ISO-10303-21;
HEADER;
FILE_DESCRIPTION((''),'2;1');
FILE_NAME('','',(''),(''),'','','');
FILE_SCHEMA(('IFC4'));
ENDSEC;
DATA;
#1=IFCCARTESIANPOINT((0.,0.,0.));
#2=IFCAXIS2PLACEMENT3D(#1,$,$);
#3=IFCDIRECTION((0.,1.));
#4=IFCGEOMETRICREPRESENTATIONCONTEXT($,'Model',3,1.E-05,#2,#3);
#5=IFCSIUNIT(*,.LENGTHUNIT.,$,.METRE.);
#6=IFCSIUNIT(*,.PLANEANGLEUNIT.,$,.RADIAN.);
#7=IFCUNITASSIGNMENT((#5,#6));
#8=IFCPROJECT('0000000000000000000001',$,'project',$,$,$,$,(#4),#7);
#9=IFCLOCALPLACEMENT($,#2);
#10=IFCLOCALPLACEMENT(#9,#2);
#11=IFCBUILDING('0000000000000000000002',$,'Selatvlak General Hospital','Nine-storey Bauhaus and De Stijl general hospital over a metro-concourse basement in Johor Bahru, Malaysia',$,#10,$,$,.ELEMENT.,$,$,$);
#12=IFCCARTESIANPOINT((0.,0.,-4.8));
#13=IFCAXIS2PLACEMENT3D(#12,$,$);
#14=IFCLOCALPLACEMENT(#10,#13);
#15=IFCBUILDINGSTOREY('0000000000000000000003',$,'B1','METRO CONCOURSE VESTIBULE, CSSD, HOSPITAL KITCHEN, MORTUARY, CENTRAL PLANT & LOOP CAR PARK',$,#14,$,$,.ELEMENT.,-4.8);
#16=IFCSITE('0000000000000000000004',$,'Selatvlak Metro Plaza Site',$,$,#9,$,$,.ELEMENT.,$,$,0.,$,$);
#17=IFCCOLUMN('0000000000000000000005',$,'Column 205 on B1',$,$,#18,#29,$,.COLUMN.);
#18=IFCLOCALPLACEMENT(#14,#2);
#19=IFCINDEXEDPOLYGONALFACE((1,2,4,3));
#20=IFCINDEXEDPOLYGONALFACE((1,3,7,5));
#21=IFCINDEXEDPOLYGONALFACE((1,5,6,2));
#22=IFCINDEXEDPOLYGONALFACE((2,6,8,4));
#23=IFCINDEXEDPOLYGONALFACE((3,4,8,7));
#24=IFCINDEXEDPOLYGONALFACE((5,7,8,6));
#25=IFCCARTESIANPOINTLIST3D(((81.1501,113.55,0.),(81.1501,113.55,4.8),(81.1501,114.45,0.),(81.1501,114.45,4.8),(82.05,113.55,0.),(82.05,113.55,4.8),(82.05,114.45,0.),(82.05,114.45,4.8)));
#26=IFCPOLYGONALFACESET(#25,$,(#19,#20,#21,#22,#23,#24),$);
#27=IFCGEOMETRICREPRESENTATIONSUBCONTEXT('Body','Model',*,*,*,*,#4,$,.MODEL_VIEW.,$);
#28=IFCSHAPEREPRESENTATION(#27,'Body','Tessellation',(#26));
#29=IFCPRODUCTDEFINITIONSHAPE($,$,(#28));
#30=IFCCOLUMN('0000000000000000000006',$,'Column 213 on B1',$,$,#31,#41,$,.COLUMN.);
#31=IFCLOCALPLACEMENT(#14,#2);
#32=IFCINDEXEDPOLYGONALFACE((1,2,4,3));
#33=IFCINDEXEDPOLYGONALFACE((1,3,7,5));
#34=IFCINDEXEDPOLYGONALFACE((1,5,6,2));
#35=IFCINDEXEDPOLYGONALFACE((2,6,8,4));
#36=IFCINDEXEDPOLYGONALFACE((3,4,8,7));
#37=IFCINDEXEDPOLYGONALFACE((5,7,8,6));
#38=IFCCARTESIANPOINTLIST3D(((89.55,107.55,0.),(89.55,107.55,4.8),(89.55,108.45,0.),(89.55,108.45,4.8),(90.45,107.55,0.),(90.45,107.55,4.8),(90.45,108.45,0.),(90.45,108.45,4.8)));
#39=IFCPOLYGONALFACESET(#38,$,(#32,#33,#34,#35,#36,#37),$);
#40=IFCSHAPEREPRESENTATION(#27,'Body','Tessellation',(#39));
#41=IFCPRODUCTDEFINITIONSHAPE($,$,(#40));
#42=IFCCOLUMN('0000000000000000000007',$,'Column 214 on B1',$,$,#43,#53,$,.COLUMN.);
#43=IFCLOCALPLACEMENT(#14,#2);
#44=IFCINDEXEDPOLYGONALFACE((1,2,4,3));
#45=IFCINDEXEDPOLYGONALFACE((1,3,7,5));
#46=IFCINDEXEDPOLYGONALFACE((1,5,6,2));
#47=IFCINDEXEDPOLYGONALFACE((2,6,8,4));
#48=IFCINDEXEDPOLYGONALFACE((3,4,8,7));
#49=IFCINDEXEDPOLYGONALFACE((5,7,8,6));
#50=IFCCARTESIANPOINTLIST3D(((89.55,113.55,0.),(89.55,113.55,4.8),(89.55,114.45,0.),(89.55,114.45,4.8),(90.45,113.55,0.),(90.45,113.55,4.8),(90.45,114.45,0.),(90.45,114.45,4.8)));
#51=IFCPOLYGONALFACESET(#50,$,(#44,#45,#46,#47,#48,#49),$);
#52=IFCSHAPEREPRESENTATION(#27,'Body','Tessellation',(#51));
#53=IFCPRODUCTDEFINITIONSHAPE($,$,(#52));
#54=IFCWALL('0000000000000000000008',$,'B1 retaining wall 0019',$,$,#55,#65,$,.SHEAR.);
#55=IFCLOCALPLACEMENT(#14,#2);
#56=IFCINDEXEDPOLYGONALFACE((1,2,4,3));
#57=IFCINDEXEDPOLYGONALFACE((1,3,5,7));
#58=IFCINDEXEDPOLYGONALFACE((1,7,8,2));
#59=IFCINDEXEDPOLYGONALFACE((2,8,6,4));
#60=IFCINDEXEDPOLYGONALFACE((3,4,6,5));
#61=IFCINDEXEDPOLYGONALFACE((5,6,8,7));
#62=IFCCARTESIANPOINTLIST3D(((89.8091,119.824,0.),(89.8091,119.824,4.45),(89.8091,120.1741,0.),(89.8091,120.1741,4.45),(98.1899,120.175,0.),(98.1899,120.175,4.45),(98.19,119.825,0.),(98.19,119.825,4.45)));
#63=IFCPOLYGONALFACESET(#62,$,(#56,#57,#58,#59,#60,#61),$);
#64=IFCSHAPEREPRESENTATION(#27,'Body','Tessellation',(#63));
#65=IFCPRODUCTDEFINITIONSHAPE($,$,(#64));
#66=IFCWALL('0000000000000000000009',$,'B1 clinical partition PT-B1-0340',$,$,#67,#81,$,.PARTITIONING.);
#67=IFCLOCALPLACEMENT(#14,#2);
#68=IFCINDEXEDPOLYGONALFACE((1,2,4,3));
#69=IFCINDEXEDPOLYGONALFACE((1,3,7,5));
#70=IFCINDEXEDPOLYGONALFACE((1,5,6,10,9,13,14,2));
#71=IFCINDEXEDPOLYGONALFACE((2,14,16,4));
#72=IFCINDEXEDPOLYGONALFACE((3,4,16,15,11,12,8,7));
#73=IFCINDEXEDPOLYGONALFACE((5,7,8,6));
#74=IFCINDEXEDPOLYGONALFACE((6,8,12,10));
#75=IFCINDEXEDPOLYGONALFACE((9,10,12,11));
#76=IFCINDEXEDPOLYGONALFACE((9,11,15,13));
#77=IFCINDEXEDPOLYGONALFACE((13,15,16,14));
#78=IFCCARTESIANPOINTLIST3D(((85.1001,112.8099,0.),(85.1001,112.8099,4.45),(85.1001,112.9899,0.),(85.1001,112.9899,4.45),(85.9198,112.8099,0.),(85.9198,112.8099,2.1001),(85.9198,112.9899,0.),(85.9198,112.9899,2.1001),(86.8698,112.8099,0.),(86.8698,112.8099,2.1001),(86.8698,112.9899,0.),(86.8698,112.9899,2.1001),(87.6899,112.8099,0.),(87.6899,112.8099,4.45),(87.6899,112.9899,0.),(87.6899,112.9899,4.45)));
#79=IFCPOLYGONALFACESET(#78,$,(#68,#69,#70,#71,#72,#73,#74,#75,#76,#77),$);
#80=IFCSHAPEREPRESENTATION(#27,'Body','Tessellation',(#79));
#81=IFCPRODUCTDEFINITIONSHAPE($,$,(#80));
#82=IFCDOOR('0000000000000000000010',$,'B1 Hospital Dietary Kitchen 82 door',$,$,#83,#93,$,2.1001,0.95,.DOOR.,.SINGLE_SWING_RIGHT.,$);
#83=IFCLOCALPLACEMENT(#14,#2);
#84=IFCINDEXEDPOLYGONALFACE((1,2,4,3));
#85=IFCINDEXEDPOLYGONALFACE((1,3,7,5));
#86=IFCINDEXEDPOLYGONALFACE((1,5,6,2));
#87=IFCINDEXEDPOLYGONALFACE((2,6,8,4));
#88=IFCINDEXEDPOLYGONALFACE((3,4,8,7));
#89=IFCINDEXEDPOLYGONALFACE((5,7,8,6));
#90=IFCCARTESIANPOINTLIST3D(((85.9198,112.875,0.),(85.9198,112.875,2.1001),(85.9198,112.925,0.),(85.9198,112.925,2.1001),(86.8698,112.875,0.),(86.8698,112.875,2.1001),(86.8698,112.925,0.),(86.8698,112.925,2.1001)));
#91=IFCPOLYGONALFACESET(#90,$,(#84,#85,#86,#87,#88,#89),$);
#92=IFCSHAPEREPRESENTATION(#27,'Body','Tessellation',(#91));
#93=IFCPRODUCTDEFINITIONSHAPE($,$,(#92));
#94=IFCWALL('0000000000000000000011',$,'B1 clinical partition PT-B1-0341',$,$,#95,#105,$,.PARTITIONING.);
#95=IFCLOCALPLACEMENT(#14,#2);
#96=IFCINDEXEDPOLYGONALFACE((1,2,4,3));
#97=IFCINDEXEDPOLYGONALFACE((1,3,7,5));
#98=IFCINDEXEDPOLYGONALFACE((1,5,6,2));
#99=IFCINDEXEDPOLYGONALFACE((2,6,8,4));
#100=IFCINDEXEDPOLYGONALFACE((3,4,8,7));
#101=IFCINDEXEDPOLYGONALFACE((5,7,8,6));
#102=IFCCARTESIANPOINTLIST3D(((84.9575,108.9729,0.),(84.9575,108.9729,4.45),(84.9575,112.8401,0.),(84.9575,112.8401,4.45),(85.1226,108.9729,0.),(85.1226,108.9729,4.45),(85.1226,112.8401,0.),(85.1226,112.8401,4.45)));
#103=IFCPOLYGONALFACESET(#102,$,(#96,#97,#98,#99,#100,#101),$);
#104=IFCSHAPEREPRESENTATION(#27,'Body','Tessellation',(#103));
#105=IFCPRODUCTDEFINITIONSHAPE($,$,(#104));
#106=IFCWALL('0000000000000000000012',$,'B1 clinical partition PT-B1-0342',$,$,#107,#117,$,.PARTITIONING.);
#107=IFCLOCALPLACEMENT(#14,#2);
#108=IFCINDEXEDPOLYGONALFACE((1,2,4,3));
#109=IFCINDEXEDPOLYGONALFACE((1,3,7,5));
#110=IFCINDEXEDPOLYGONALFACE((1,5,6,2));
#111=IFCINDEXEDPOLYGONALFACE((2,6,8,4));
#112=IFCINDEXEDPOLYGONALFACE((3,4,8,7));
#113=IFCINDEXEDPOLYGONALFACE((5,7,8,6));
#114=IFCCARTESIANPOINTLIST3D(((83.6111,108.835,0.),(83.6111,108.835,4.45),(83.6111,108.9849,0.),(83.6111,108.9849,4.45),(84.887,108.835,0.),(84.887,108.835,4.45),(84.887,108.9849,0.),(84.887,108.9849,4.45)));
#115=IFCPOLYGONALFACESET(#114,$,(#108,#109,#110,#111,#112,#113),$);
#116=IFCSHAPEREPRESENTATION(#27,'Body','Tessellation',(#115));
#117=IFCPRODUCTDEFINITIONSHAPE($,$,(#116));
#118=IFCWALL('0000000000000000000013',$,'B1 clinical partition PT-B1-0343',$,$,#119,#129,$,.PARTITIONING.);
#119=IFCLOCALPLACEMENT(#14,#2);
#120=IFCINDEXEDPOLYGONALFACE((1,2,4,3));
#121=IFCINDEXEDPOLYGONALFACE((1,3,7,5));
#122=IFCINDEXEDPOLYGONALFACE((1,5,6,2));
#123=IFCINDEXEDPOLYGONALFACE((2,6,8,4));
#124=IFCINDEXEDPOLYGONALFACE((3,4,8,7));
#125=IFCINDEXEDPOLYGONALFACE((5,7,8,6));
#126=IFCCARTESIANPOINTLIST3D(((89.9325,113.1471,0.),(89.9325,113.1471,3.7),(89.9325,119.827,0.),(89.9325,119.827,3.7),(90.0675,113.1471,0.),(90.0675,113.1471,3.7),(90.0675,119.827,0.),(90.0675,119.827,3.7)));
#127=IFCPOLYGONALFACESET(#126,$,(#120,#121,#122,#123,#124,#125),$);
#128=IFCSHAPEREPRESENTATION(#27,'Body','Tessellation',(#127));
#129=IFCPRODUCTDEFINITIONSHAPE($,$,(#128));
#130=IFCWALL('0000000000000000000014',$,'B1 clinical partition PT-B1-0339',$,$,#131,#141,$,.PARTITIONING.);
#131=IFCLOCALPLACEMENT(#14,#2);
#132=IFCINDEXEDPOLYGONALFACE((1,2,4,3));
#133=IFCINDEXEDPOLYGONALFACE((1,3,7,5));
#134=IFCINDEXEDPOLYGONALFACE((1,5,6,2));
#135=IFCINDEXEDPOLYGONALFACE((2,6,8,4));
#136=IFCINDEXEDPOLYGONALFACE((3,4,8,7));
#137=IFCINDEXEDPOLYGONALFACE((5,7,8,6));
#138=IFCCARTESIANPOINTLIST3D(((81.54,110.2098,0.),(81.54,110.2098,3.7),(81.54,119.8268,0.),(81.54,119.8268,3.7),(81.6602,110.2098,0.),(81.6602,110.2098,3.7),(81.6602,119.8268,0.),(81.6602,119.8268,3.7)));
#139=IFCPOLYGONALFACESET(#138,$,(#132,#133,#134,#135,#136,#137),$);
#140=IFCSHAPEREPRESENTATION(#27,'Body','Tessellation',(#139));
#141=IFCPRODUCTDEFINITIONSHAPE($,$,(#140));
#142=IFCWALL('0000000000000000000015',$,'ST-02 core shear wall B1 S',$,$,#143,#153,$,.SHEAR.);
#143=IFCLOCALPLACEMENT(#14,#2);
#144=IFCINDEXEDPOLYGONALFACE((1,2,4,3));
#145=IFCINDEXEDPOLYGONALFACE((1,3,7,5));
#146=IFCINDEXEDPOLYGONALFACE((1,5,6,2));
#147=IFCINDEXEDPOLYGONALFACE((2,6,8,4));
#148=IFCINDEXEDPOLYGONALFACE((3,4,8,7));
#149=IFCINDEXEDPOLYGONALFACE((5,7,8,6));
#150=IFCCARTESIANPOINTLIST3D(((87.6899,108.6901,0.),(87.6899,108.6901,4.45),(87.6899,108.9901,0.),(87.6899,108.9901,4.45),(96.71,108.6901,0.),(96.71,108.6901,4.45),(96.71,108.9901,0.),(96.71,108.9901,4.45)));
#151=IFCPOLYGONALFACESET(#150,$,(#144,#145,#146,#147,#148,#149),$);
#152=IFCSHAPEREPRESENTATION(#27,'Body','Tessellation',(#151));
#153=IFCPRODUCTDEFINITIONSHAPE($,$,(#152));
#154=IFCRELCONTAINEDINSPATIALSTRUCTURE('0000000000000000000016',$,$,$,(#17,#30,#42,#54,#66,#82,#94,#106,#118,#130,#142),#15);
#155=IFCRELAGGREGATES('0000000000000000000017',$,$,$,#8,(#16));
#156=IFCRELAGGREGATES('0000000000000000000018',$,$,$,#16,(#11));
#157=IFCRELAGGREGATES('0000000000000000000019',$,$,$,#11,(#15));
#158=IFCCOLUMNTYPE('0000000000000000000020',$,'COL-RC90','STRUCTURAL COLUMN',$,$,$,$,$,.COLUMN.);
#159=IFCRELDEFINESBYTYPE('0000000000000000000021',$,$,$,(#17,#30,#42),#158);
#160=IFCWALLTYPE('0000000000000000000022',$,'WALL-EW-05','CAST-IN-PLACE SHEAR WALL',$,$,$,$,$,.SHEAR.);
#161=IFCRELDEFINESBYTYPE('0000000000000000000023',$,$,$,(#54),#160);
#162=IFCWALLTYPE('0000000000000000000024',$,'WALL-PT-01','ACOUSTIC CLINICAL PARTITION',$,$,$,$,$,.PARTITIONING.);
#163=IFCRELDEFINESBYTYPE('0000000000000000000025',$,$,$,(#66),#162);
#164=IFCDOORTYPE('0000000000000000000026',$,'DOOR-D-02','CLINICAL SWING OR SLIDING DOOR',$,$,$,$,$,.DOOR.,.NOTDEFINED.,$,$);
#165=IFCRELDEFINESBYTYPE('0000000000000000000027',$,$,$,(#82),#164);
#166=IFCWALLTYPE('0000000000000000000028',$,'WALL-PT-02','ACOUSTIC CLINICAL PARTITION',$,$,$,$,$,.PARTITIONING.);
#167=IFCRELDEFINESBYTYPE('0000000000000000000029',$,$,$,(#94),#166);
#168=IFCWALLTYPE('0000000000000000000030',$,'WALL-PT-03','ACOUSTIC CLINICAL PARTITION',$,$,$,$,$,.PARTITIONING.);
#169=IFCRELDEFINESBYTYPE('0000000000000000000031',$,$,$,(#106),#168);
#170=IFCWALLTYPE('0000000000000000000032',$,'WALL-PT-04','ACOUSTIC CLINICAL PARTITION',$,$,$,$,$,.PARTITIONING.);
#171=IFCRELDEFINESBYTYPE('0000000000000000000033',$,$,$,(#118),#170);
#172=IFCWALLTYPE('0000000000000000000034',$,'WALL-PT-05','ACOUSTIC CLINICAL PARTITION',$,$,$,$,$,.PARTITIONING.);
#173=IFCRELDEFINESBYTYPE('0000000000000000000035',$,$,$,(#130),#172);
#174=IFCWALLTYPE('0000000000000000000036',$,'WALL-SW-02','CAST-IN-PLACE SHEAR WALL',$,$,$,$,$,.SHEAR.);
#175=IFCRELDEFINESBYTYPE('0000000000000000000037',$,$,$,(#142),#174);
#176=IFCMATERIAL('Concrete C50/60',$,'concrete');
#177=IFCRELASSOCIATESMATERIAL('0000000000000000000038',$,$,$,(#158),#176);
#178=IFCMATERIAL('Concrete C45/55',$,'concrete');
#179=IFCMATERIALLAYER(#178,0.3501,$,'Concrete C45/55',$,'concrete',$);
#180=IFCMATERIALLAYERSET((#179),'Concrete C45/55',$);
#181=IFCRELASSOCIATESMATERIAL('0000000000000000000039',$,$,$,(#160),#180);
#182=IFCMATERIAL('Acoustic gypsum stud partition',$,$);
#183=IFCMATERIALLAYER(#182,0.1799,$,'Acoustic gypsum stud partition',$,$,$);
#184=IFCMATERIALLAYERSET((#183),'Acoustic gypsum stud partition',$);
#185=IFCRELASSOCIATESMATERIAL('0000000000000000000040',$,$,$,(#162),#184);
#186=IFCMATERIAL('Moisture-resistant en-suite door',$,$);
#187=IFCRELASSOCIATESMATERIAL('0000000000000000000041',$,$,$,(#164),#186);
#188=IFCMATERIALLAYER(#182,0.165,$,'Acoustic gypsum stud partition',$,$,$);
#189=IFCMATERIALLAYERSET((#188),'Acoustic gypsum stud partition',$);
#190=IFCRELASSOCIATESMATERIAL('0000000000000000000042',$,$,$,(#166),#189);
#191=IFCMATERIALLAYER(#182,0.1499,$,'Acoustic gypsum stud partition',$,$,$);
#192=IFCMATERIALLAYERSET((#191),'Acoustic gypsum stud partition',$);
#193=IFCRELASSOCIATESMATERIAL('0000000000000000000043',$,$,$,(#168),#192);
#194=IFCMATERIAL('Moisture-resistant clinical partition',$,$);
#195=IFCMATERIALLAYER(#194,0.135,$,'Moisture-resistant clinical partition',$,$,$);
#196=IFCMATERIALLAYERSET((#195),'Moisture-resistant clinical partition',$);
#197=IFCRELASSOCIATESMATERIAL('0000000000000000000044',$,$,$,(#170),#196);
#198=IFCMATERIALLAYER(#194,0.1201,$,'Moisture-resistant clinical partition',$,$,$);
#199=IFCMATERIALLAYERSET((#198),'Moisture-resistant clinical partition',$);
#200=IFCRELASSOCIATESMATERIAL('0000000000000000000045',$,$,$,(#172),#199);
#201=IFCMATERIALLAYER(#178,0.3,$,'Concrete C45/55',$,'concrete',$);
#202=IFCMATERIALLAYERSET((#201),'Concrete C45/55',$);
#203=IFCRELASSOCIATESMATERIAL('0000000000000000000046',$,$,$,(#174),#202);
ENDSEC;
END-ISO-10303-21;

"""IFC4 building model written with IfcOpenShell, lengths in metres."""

from ifc_helpers import new_model, si_unit, direction, frame, frame_2d, origin, origin_2d, place, context, subcontext, project, spatial, rectangle, extrude, material, layer, layer_set, material_profile, profile_set, type_object, element, fill, save


model = new_model("IFC4")

# Units and contexts
model_context = context("Model", 3, precision=1e-05, world=origin(), true_north=direction((0.0, 1.0)))
body_context = subcontext(model_context, "Body", "Model", "MODEL_VIEW")
ifc_project = project(units=[si_unit("LENGTHUNIT", "METRE"), si_unit("PLANEANGLEUNIT", "RADIAN")], contexts=[model_context])

# Site, building, storey
site_placement = place(None, origin())
site = spatial("IfcSite", under=ifc_project, at=site_placement, Name="Selatvlak Metro Plaza Site", CompositionType="ELEMENT", RefElevation=0.0)
building_placement = place(site_placement, origin())
building = spatial("IfcBuilding", under=site, at=building_placement, Name="Selatvlak General Hospital", Description="Nine-storey Bauhaus and De Stijl general hospital over a metro-concourse basement in Johor Bahru, Malaysia", CompositionType="ELEMENT")
storey_placement = place(building_placement, frame((0.0, 0.0, -4.8)))
storey = spatial("IfcBuildingStorey", under=building, at=storey_placement, Name="B1", Description="METRO CONCOURSE VESTIBULE, CSSD, HOSPITAL KITCHEN, MORTUARY, CENTRAL PLANT & LOOP CAR PARK", CompositionType="ELEMENT", Elevation=-4.8)

# Columns
ifc_material_1 = material(Name="Concrete C50/60", Category="concrete")
ifc_material_profile_1 = material_profile(ifc_material_1, rectangle(XDim=0.8999, YDim=0.8999, at=origin_2d()), Name="RC-COL 900x900")
ifc_profile_set_1 = profile_set([ifc_material_profile_1], Name="Concrete C50/60")
column_type_1 = type_object("IfcColumnType", Name="COL-RC90", Description="STRUCTURAL COLUMN", PredefinedType="COLUMN", material=ifc_profile_set_1)
for number, where, z_axis, x_axis, name in (
    (1, (81.6001, 114.0, 0.0), (0.0, 0.0, 1.0), (1.0, 0.0, 0.0), "Column 205 on B1"),
    (2, (90.0, 108.0, 0.0), (0.0, 0.0, 1.0), (1.0, 0.0, 0.0), "Column 213 on B1"),
    (3, (90.0, 114.0, 0.0), (0.0, 0.0, 1.0), (1.0, 0.0, 0.0), "Column 214 on B1"),
):
    element("IfcColumn", number, at=place(storey_placement, frame(where, z_axis=z_axis, x_axis=x_axis)), inside=storey, type_object=column_type_1, Name=name, PredefinedType="COLUMN", context=body_context, shape_type="SweptSolid", body=[
        extrude(rectangle(XDim=0.8999, YDim=0.8999, at=origin_2d()), origin(), (0.0, 0.0, 1.0), 4.8),
    ])

# Wall
ifc_material_2 = material(Name="Concrete C45/55", Category="concrete")
ifc_layer_1 = layer(ifc_material_2, 0.3501, Name="Concrete C45/55", Category="concrete")
ifc_layer_set_1 = layer_set([ifc_layer_1], Name="Concrete C45/55")
wall_type_1 = type_object("IfcWallType", Name="WALL-EW-05", Description="CAST-IN-PLACE SHEAR WALL", PredefinedType="SHEAR", material=ifc_layer_set_1)
wall_1_placement = place(storey_placement, frame((89.8091, 119.999, 0.0), z_axis=(0.0, 0.0, 1.0), x_axis=(1.0, 0.000117, 0.0)))
element("IfcWall", 4, at=wall_1_placement, inside=storey, type_object=wall_type_1, Name="B1 retaining wall 0019", PredefinedType="SHEAR", context=body_context, shape_type="SweptSolid", body=[
    extrude(rectangle(XDim=8.3809, YDim=0.3501, at=frame_2d((4.1904, 0.0))), origin(), (0.0, 0.0, 1.0), 4.45),
])

# Wall, opening, door
ifc_material_3 = material(Name="Acoustic gypsum stud partition")
ifc_layer_2 = layer(ifc_material_3, 0.1799, Name="Acoustic gypsum stud partition")
ifc_layer_set_2 = layer_set([ifc_layer_2], Name="Acoustic gypsum stud partition")
wall_type_2 = type_object("IfcWallType", Name="WALL-PT-01", Description="ACOUSTIC CLINICAL PARTITION", PredefinedType="PARTITIONING", material=ifc_layer_set_2)
wall_2_placement = place(storey_placement, frame((87.6899, 112.8999, 0.0), z_axis=(0.0, 0.0, 1.0), x_axis=(-1.0, 0.0, 0.0)))
wall_2 = element("IfcWall", 5, at=wall_2_placement, inside=storey, type_object=wall_type_2, Name="B1 clinical partition PT-B1-0340", PredefinedType="PARTITIONING", context=body_context, shape_type="SweptSolid", body=[
    extrude(rectangle(XDim=2.5898, YDim=0.1799, at=frame_2d((1.2949, 0.0))), origin(), (0.0, 0.0, 1.0), 4.45),
])
opening_1_placement = place(wall_2_placement, frame((0.8201, 0.0, 0.0)))
opening_1 = element("IfcOpeningElement", 6, at=opening_1_placement, cuts=wall_2, PredefinedType="OPENING", context=body_context, shape_type="SweptSolid", body=[
    extrude(rectangle(XDim=0.95, YDim=2.1001, at=frame_2d((0.4751, 1.05))), frame((0.0, 0.0999, 0.0), z_axis=(0.0, -1.0, 0.0), x_axis=(1.0, 0.0, 0.0)), (0.0, 0.0, 1.0), 0.2),
])
ifc_material_4 = material(Name="Moisture-resistant en-suite door")
door_type_1 = type_object("IfcDoorType", Name="DOOR-D-02", Description="CLINICAL SWING OR SLIDING DOOR", OperationType="NOTDEFINED", PredefinedType="DOOR", material=ifc_material_4)
door_1_placement = place(opening_1_placement, origin())
door_1 = element("IfcDoor", 7, at=door_1_placement, inside=storey, type_object=door_type_1, Name="B1 Hospital Dietary Kitchen 82 door", OperationType="SINGLE_SWING_RIGHT", OverallHeight=2.1001, OverallWidth=0.95, PredefinedType="DOOR", context=body_context, shape_type="SweptSolid", body=[
    extrude(rectangle(XDim=0.95, YDim=2.1001, at=frame_2d((0.4751, 1.05))), frame((0.0, 0.0249, 0.0), z_axis=(0.0, -1.0, 0.0), x_axis=(1.0, 0.0, 0.0)), (0.0, 0.0, 1.0), 0.05),
])
fill(opening_1, door_1)

# Walls
ifc_layer_3 = layer(ifc_material_3, 0.165, Name="Acoustic gypsum stud partition")
ifc_layer_set_3 = layer_set([ifc_layer_3], Name="Acoustic gypsum stud partition")
wall_type_3 = type_object("IfcWallType", Name="WALL-PT-02", Description="ACOUSTIC CLINICAL PARTITION", PredefinedType="PARTITIONING", material=ifc_layer_set_3)
wall_3_placement = place(storey_placement, frame((85.04, 112.8401, 0.0), z_axis=(0.0, 0.0, 1.0), x_axis=(0.0, -1.0, 0.0)))
element("IfcWall", 8, at=wall_3_placement, inside=storey, type_object=wall_type_3, Name="B1 clinical partition PT-B1-0341", PredefinedType="PARTITIONING", context=body_context, shape_type="SweptSolid", body=[
    extrude(rectangle(XDim=3.8672, YDim=0.165, at=frame_2d((1.9336, 0.0))), origin(), (0.0, 0.0, 1.0), 4.45),
])
ifc_layer_4 = layer(ifc_material_3, 0.1499, Name="Acoustic gypsum stud partition")
ifc_layer_set_4 = layer_set([ifc_layer_4], Name="Acoustic gypsum stud partition")
wall_type_4 = type_object("IfcWallType", Name="WALL-PT-03", Description="ACOUSTIC CLINICAL PARTITION", PredefinedType="PARTITIONING", material=ifc_layer_set_4)
wall_4_placement = place(storey_placement, frame((84.887, 108.9099, 0.0), z_axis=(0.0, 0.0, 1.0), x_axis=(-1.0, 0.0, 0.0)))
element("IfcWall", 9, at=wall_4_placement, inside=storey, type_object=wall_type_4, Name="B1 clinical partition PT-B1-0342", PredefinedType="PARTITIONING", context=body_context, shape_type="SweptSolid", body=[
    extrude(rectangle(XDim=1.2759, YDim=0.1499, at=frame_2d((0.6379, 0.0))), origin(), (0.0, 0.0, 1.0), 4.45),
])
ifc_material_5 = material(Name="Moisture-resistant clinical partition")
ifc_layer_5 = layer(ifc_material_5, 0.135, Name="Moisture-resistant clinical partition")
ifc_layer_set_5 = layer_set([ifc_layer_5], Name="Moisture-resistant clinical partition")
wall_type_5 = type_object("IfcWallType", Name="WALL-PT-04", Description="ACOUSTIC CLINICAL PARTITION", PredefinedType="PARTITIONING", material=ifc_layer_set_5)
wall_5_placement = place(storey_placement, frame((90.0, 119.8269, 0.0), z_axis=(0.0, 0.0, 1.0), x_axis=(0.0, -1.0, 0.0)))
element("IfcWall", 10, at=wall_5_placement, inside=storey, type_object=wall_type_5, Name="B1 clinical partition PT-B1-0343", PredefinedType="PARTITIONING", context=body_context, shape_type="SweptSolid", body=[
    extrude(rectangle(XDim=6.6799, YDim=0.135, at=frame_2d((3.3398, 0.0))), origin(), (0.0, 0.0, 1.0), 3.7),
])
ifc_layer_6 = layer(ifc_material_5, 0.1201, Name="Moisture-resistant clinical partition")
ifc_layer_set_6 = layer_set([ifc_layer_6], Name="Moisture-resistant clinical partition")
wall_type_6 = type_object("IfcWallType", Name="WALL-PT-05", Description="ACOUSTIC CLINICAL PARTITION", PredefinedType="PARTITIONING", material=ifc_layer_set_6)
wall_6_placement = place(storey_placement, frame((81.6001, 119.8269, 0.0), z_axis=(0.0, 0.0, 1.0), x_axis=(0.0, -1.0, 0.0)))
element("IfcWall", 11, at=wall_6_placement, inside=storey, type_object=wall_type_6, Name="B1 clinical partition PT-B1-0339", PredefinedType="PARTITIONING", context=body_context, shape_type="SweptSolid", body=[
    extrude(rectangle(XDim=9.6169, YDim=0.1201, at=frame_2d((4.8086, 0.0))), origin(), (0.0, 0.0, 1.0), 3.7),
])
ifc_layer_7 = layer(ifc_material_2, 0.3, Name="Concrete C45/55", Category="concrete")
ifc_layer_set_7 = layer_set([ifc_layer_7], Name="Concrete C45/55")
wall_type_7 = type_object("IfcWallType", Name="WALL-SW-02", Description="CAST-IN-PLACE SHEAR WALL", PredefinedType="SHEAR", material=ifc_layer_set_7)
wall_7_placement = place(storey_placement, frame((87.6899, 108.8401, 0.0), z_axis=(0.0, 0.0, 1.0), x_axis=(1.0, 0.0, 0.0)))
element("IfcWall", 12, at=wall_7_placement, inside=storey, type_object=wall_type_7, Name="ST-02 core shear wall B1 S", PredefinedType="SHEAR", context=body_context, shape_type="SweptSolid", body=[
    extrude(rectangle(XDim=9.02, YDim=0.3, at=frame_2d((4.51, 0.0))), origin(), (0.0, 0.0, 1.0), 4.45),
])

save(model, "model.ifc")
